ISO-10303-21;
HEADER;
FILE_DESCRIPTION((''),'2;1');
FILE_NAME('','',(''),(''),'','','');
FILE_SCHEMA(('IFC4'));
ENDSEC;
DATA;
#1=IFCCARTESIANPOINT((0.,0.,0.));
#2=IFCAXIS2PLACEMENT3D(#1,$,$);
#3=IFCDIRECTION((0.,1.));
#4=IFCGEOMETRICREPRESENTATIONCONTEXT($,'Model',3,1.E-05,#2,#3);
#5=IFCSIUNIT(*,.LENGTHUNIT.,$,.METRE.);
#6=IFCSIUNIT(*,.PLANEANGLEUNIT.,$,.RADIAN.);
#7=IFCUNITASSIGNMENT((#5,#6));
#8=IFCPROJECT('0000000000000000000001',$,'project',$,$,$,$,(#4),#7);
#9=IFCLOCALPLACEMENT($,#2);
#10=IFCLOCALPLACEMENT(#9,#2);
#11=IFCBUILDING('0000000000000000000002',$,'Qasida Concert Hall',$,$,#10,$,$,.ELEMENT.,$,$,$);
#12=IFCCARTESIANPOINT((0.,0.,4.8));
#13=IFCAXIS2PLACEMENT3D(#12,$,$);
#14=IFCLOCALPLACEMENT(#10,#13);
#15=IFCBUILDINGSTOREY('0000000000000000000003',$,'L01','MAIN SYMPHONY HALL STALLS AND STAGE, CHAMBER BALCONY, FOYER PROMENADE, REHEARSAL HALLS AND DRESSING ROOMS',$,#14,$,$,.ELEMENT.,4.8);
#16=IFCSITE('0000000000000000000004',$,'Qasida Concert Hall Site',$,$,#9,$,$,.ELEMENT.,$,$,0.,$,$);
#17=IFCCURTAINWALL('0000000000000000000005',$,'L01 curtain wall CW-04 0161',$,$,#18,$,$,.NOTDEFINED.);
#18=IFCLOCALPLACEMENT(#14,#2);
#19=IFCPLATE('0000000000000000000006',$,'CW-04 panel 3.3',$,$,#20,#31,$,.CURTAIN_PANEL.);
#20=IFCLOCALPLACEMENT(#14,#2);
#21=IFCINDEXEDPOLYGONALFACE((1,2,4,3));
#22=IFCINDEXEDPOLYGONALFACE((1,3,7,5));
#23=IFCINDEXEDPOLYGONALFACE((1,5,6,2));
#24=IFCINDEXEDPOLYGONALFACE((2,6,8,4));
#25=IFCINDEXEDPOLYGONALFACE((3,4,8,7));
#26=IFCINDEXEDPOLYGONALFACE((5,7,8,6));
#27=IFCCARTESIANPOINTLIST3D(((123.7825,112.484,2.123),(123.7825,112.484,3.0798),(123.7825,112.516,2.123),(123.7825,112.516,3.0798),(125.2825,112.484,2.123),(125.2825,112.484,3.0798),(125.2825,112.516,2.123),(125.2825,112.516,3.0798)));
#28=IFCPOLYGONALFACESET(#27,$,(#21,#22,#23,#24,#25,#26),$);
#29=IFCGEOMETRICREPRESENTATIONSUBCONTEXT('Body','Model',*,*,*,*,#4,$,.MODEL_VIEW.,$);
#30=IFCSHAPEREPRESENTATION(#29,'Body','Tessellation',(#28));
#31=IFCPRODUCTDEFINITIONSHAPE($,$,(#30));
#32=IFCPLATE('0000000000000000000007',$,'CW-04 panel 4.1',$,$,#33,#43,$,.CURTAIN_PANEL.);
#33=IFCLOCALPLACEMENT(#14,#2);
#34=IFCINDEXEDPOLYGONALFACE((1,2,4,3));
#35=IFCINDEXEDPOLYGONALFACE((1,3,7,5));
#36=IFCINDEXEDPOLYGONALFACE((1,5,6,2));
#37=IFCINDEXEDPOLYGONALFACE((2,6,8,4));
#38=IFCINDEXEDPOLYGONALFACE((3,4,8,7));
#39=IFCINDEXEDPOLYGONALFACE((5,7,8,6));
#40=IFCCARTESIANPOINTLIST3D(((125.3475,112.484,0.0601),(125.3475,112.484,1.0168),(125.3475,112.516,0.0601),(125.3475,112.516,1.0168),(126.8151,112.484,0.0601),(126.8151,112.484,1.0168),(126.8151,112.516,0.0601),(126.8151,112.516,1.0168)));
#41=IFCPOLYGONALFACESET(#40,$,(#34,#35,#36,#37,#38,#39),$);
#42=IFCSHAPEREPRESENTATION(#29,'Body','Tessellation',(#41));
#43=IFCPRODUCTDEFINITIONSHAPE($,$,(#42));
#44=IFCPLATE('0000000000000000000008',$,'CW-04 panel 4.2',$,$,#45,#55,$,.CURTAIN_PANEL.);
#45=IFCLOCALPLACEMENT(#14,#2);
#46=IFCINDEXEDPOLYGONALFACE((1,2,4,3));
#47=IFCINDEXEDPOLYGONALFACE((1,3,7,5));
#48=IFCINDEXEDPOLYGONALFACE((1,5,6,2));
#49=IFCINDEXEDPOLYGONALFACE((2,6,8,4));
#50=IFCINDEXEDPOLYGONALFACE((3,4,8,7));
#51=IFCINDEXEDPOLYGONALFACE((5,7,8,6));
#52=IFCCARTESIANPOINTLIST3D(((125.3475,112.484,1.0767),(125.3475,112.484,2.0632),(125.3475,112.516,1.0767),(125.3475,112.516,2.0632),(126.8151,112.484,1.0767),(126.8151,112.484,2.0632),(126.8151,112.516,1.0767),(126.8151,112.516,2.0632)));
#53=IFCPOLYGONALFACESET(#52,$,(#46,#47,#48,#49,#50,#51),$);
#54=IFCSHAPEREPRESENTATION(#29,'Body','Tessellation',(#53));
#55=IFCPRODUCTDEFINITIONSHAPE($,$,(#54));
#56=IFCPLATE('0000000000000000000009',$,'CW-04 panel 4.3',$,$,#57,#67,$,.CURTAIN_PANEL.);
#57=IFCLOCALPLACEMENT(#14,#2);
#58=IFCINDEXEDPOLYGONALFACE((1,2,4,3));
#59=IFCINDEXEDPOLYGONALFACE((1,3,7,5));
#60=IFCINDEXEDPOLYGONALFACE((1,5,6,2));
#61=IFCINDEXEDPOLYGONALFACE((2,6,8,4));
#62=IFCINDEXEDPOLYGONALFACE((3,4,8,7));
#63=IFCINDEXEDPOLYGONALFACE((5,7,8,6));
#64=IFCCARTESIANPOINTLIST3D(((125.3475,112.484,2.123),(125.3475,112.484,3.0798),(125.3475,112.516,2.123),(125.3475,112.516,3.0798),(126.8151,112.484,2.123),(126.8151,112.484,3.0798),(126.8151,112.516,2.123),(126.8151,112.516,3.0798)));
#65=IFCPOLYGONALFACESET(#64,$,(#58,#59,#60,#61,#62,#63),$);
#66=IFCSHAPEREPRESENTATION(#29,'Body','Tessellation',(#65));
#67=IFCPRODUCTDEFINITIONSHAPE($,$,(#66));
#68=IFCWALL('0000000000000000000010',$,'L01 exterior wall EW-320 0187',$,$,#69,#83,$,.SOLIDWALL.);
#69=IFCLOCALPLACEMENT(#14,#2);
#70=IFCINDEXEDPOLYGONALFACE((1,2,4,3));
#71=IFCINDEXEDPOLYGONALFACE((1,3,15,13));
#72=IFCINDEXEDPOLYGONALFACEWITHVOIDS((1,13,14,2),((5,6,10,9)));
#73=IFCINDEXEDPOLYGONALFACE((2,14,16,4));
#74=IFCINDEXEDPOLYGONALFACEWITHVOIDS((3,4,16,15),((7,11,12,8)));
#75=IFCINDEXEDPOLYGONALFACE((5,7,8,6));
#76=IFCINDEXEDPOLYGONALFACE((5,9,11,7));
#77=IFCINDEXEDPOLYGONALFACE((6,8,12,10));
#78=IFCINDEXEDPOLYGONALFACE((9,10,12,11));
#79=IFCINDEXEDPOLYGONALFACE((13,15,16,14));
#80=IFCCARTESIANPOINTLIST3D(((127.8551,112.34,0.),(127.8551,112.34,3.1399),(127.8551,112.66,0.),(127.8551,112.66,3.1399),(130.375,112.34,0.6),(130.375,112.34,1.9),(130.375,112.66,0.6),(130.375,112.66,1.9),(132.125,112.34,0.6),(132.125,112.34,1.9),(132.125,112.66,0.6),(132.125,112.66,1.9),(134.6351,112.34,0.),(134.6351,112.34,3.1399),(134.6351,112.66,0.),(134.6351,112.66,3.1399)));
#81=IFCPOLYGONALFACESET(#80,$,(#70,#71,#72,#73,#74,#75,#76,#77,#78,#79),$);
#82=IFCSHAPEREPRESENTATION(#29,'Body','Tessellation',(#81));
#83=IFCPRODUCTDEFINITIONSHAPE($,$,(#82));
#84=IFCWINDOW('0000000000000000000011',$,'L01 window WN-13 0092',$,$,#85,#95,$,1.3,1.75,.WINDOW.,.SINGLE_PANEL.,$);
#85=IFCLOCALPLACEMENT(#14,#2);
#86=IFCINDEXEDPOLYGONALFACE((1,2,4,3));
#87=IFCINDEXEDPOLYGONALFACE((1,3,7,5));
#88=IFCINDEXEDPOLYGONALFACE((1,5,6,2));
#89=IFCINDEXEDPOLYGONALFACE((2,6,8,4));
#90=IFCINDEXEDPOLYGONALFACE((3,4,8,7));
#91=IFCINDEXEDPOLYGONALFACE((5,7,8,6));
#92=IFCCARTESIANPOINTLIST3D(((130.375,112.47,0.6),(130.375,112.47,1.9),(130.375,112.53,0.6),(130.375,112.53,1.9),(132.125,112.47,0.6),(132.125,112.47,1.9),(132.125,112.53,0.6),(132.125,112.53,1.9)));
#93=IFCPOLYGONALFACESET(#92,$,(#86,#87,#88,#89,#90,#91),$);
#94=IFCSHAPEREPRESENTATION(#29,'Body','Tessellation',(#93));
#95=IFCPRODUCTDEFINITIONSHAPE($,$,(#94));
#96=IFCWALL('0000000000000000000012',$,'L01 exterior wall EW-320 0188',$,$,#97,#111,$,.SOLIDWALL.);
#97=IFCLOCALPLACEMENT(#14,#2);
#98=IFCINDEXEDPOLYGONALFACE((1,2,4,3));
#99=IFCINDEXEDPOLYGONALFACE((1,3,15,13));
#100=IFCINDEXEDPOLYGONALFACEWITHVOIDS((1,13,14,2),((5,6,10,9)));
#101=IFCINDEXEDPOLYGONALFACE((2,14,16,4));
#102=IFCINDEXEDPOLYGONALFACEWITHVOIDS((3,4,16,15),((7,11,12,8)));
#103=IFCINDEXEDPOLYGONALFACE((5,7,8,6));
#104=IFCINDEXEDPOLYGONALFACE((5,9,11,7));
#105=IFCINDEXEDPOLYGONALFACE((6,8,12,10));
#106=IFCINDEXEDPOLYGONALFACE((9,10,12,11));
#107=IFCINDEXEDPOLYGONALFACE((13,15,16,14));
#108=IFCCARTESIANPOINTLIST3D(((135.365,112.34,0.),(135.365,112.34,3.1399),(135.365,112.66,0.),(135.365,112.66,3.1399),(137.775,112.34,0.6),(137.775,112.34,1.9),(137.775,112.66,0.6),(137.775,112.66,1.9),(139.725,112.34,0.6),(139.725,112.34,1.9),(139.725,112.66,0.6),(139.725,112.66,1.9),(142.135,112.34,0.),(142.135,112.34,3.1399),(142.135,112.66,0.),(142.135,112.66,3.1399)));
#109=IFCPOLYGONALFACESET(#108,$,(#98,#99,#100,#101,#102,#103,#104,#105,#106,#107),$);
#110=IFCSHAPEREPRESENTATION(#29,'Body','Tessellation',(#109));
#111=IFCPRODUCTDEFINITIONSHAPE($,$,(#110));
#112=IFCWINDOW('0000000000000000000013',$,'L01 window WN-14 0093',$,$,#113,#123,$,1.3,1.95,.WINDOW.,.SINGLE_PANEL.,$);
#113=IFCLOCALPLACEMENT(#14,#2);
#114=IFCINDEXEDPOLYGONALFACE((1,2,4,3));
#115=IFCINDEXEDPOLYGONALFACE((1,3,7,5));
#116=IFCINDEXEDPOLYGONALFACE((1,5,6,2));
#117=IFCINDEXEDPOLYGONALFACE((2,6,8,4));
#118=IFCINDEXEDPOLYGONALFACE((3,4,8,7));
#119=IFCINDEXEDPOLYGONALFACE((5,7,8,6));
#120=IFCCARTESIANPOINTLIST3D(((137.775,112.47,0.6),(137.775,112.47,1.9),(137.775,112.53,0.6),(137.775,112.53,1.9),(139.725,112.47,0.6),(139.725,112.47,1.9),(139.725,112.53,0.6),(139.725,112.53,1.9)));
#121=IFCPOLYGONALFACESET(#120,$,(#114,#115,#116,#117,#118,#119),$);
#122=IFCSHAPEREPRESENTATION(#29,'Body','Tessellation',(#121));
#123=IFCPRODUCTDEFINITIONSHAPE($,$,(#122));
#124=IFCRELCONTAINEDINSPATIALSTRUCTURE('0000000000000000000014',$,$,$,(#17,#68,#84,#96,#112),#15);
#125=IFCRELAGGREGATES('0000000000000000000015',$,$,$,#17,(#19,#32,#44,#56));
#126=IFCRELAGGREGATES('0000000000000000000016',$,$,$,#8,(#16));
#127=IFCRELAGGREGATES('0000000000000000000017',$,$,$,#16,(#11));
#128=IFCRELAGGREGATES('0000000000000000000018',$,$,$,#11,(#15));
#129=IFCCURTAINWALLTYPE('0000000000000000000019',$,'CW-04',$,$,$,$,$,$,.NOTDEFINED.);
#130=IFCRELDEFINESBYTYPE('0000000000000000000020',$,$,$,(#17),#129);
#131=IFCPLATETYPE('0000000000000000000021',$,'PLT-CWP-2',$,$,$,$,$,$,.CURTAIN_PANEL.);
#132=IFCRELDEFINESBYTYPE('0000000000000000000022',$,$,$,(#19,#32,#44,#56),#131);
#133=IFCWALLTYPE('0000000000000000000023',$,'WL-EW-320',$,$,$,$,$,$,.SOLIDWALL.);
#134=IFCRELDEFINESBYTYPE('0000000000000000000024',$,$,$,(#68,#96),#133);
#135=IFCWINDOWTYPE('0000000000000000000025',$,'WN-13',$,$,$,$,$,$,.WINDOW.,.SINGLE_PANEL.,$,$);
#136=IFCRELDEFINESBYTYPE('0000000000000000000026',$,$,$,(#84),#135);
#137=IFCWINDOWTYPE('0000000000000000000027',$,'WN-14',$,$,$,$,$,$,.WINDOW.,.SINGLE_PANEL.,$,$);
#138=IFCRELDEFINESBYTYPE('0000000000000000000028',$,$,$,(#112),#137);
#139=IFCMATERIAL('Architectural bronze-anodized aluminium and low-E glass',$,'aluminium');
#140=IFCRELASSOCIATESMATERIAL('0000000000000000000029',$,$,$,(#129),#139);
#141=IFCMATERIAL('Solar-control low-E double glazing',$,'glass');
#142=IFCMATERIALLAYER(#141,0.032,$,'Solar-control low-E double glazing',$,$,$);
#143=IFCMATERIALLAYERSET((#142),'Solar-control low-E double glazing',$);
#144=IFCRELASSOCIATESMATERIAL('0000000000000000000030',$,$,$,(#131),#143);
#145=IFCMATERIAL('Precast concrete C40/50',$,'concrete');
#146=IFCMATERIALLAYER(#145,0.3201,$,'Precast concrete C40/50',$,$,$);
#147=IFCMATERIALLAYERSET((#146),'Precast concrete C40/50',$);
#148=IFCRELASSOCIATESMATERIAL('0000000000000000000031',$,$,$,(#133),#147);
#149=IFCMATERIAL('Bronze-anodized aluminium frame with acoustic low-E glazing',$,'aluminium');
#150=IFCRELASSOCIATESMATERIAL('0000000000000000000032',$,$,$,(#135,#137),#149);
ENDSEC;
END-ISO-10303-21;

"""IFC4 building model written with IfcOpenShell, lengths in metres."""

from ifc_helpers import new_model, si_unit, direction, frame, frame_2d, origin, origin_2d, place, context, subcontext, project, spatial, rectangle, extrude, material, layer, layer_set, type_object, element, fill, aggregate, save


model = new_model("IFC4")

# Units and contexts
model_context = context("Model", 3, precision=1e-05, world=origin(), true_north=direction((0.0, 1.0)))
body_context = subcontext(model_context, "Body", "Model", "MODEL_VIEW")
ifc_project = project(units=[si_unit("LENGTHUNIT", "METRE"), si_unit("PLANEANGLEUNIT", "RADIAN")], contexts=[model_context])

# Site, building, storey
site_placement = place(None, origin())
site = spatial("IfcSite", under=ifc_project, at=site_placement, Name="Qasida Concert Hall Site", CompositionType="ELEMENT", RefElevation=0.0)
building_placement = place(site_placement, origin())
building = spatial("IfcBuilding", under=site, at=building_placement, Name="Qasida Concert Hall", CompositionType="ELEMENT")
storey_placement = place(building_placement, frame((0.0, 0.0, 4.8)))
storey = spatial("IfcBuildingStorey", under=building, at=storey_placement, Name="L01", Description="MAIN SYMPHONY HALL STALLS AND STAGE, CHAMBER BALCONY, FOYER PROMENADE, REHEARSAL HALLS AND DRESSING ROOMS", CompositionType="ELEMENT", Elevation=4.8)

# Curtain wall, plates
ifc_material_1 = material(Name="Architectural bronze-anodized aluminium and low-E glass", Category="aluminium")
curtain_wall_type = type_object("IfcCurtainWallType", Name="CW-04", PredefinedType="NOTDEFINED", material=ifc_material_1)
curtain_wall_placement = place(storey_placement, origin())
curtain_wall = element("IfcCurtainWall", 1, at=curtain_wall_placement, inside=storey, type_object=curtain_wall_type, Name="L01 curtain wall CW-04 0161", PredefinedType="NOTDEFINED")
ifc_material_2 = material(Name="Solar-control low-E double glazing", Category="glass")
ifc_layer_1 = layer(ifc_material_2, 0.032, Name="Solar-control low-E double glazing")
ifc_layer_set_1 = layer_set([ifc_layer_1], Name="Solar-control low-E double glazing")
plate_type = type_object("IfcPlateType", Name="PLT-CWP-2", PredefinedType="CURTAIN_PANEL", material=ifc_layer_set_1)
plate_1_placement = place(storey_placement, frame((124.5325, 112.5, 2.123), z_axis=(0.0, 0.0, 1.0), x_axis=(1.0, 0.0, 0.0)))
plate_1 = element("IfcPlate", 2, at=plate_1_placement, type_object=plate_type, Name="CW-04 panel 3.3", PredefinedType="CURTAIN_PANEL", context=body_context, shape_type="SweptSolid", body=[
    extrude(rectangle(XDim=1.5, YDim=0.032, at=origin_2d()), origin(), (0.0, 0.0, 1.0), 0.9568),
])
plate_2_placement = place(storey_placement, frame((126.0813, 112.5, 0.0601), z_axis=(0.0, 0.0, 1.0), x_axis=(1.0, 0.0, 0.0)))
plate_2 = element("IfcPlate", 3, at=plate_2_placement, type_object=plate_type, Name="CW-04 panel 4.1", PredefinedType="CURTAIN_PANEL", context=body_context, shape_type="SweptSolid", body=[
    extrude(rectangle(XDim=1.4675, YDim=0.032, at=origin_2d()), origin(), (0.0, 0.0, 1.0), 0.9568),
])
plate_3_placement = place(storey_placement, frame((126.0813, 112.5, 1.0767), z_axis=(0.0, 0.0, 1.0), x_axis=(1.0, 0.0, 0.0)))
plate_3 = element("IfcPlate", 4, at=plate_3_placement, type_object=plate_type, Name="CW-04 panel 4.2", PredefinedType="CURTAIN_PANEL", context=body_context, shape_type="SweptSolid", body=[
    extrude(rectangle(XDim=1.4675, YDim=0.032, at=origin_2d()), origin(), (0.0, 0.0, 1.0), 0.9866),
])
plate_4_placement = place(storey_placement, frame((126.0813, 112.5, 2.123), z_axis=(0.0, 0.0, 1.0), x_axis=(1.0, 0.0, 0.0)))
plate_4 = element("IfcPlate", 5, at=plate_4_placement, type_object=plate_type, Name="CW-04 panel 4.3", PredefinedType="CURTAIN_PANEL", context=body_context, shape_type="SweptSolid", body=[
    extrude(rectangle(XDim=1.4675, YDim=0.032, at=origin_2d()), origin(), (0.0, 0.0, 1.0), 0.9568),
])
aggregate(curtain_wall, [plate_1, plate_2, plate_3, plate_4])

# Walls, openings, windows
ifc_material_3 = material(Name="Precast concrete C40/50", Category="concrete")
ifc_layer_2 = layer(ifc_material_3, 0.3201, Name="Precast concrete C40/50")
ifc_layer_set_2 = layer_set([ifc_layer_2], Name="Precast concrete C40/50")
wall_type = type_object("IfcWallType", Name="WL-EW-320", PredefinedType="SOLIDWALL", material=ifc_layer_set_2)
wall_1_placement = place(storey_placement, frame((127.855, 112.5, 0.0), z_axis=(0.0, 0.0, 1.0), x_axis=(1.0, 0.0, 0.0)))
wall_1 = element("IfcWall", 6, at=wall_1_placement, inside=storey, type_object=wall_type, Name="L01 exterior wall EW-320 0187", PredefinedType="SOLIDWALL", context=body_context, shape_type="SweptSolid", body=[
    extrude(rectangle(XDim=6.78, YDim=0.3201, at=frame_2d((3.3901, 0.0))), origin(), (0.0, 0.0, 1.0), 3.1399),
])
opening_1_placement = place(wall_1_placement, frame((2.52, 0.0, 0.6001)))
opening_1 = element("IfcOpeningElement", 7, at=opening_1_placement, cuts=wall_1, PredefinedType="OPENING", context=body_context, shape_type="SweptSolid", body=[
    extrude(rectangle(XDim=1.75, YDim=1.3, at=frame_2d((0.875, 0.6499))), frame((0.0, 0.1699, 0.0), z_axis=(0.0, -1.0, 0.0), x_axis=(1.0, 0.0, 0.0)), (0.0, 0.0, 1.0), 0.3401),
])
ifc_material_4 = material(Name="Bronze-anodized aluminium frame with acoustic low-E glazing", Category="aluminium")
window_type_1 = type_object("IfcWindowType", Name="WN-13", PartitioningType="SINGLE_PANEL", PredefinedType="WINDOW", material=ifc_material_4)
window_1_placement = place(opening_1_placement, origin())
window_1 = element("IfcWindow", 8, at=window_1_placement, inside=storey, type_object=window_type_1, Name="L01 window WN-13 0092", OverallHeight=1.3, OverallWidth=1.75, PartitioningType="SINGLE_PANEL", PredefinedType="WINDOW", context=body_context, shape_type="SweptSolid", body=[
    extrude(rectangle(XDim=1.75, YDim=1.3, at=frame_2d((0.875, 0.6499))), frame((0.0, 0.03, 0.0), z_axis=(0.0, -1.0, 0.0), x_axis=(1.0, 0.0, 0.0)), (0.0, 0.0, 1.0), 0.0601),
])
fill(opening_1, window_1)
wall_2_placement = place(storey_placement, frame((135.365, 112.5, 0.0), z_axis=(0.0, 0.0, 1.0), x_axis=(1.0, 0.0, 0.0)))
wall_2 = element("IfcWall", 9, at=wall_2_placement, inside=storey, type_object=wall_type, Name="L01 exterior wall EW-320 0188", PredefinedType="SOLIDWALL", context=body_context, shape_type="SweptSolid", body=[
    extrude(rectangle(XDim=6.77, YDim=0.3201, at=frame_2d((3.385, 0.0))), origin(), (0.0, 0.0, 1.0), 3.1399),
])
opening_2_placement = place(wall_2_placement, frame((2.4099, 0.0, 0.6001)))
opening_2 = element("IfcOpeningElement", 10, at=opening_2_placement, cuts=wall_2, PredefinedType="OPENING", context=body_context, shape_type="SweptSolid", body=[
    extrude(rectangle(XDim=1.95, YDim=1.3, at=frame_2d((0.9751, 0.6499))), frame((0.0, 0.1699, 0.0), z_axis=(0.0, -1.0, 0.0), x_axis=(1.0, 0.0, 0.0)), (0.0, 0.0, 1.0), 0.3401),
])
window_type_2 = type_object("IfcWindowType", Name="WN-14", PartitioningType="SINGLE_PANEL", PredefinedType="WINDOW", material=ifc_material_4)
window_2_placement = place(opening_2_placement, origin())
window_2 = element("IfcWindow", 11, at=window_2_placement, inside=storey, type_object=window_type_2, Name="L01 window WN-14 0093", OverallHeight=1.3, OverallWidth=1.95, PartitioningType="SINGLE_PANEL", PredefinedType="WINDOW", context=body_context, shape_type="SweptSolid", body=[
    extrude(rectangle(XDim=1.95, YDim=1.3, at=frame_2d((0.9751, 0.6499))), frame((0.0, 0.03, 0.0), z_axis=(0.0, -1.0, 0.0), x_axis=(1.0, 0.0, 0.0)), (0.0, 0.0, 1.0), 0.0601),
])
fill(opening_2, window_2)

save(model, "model.ifc")
